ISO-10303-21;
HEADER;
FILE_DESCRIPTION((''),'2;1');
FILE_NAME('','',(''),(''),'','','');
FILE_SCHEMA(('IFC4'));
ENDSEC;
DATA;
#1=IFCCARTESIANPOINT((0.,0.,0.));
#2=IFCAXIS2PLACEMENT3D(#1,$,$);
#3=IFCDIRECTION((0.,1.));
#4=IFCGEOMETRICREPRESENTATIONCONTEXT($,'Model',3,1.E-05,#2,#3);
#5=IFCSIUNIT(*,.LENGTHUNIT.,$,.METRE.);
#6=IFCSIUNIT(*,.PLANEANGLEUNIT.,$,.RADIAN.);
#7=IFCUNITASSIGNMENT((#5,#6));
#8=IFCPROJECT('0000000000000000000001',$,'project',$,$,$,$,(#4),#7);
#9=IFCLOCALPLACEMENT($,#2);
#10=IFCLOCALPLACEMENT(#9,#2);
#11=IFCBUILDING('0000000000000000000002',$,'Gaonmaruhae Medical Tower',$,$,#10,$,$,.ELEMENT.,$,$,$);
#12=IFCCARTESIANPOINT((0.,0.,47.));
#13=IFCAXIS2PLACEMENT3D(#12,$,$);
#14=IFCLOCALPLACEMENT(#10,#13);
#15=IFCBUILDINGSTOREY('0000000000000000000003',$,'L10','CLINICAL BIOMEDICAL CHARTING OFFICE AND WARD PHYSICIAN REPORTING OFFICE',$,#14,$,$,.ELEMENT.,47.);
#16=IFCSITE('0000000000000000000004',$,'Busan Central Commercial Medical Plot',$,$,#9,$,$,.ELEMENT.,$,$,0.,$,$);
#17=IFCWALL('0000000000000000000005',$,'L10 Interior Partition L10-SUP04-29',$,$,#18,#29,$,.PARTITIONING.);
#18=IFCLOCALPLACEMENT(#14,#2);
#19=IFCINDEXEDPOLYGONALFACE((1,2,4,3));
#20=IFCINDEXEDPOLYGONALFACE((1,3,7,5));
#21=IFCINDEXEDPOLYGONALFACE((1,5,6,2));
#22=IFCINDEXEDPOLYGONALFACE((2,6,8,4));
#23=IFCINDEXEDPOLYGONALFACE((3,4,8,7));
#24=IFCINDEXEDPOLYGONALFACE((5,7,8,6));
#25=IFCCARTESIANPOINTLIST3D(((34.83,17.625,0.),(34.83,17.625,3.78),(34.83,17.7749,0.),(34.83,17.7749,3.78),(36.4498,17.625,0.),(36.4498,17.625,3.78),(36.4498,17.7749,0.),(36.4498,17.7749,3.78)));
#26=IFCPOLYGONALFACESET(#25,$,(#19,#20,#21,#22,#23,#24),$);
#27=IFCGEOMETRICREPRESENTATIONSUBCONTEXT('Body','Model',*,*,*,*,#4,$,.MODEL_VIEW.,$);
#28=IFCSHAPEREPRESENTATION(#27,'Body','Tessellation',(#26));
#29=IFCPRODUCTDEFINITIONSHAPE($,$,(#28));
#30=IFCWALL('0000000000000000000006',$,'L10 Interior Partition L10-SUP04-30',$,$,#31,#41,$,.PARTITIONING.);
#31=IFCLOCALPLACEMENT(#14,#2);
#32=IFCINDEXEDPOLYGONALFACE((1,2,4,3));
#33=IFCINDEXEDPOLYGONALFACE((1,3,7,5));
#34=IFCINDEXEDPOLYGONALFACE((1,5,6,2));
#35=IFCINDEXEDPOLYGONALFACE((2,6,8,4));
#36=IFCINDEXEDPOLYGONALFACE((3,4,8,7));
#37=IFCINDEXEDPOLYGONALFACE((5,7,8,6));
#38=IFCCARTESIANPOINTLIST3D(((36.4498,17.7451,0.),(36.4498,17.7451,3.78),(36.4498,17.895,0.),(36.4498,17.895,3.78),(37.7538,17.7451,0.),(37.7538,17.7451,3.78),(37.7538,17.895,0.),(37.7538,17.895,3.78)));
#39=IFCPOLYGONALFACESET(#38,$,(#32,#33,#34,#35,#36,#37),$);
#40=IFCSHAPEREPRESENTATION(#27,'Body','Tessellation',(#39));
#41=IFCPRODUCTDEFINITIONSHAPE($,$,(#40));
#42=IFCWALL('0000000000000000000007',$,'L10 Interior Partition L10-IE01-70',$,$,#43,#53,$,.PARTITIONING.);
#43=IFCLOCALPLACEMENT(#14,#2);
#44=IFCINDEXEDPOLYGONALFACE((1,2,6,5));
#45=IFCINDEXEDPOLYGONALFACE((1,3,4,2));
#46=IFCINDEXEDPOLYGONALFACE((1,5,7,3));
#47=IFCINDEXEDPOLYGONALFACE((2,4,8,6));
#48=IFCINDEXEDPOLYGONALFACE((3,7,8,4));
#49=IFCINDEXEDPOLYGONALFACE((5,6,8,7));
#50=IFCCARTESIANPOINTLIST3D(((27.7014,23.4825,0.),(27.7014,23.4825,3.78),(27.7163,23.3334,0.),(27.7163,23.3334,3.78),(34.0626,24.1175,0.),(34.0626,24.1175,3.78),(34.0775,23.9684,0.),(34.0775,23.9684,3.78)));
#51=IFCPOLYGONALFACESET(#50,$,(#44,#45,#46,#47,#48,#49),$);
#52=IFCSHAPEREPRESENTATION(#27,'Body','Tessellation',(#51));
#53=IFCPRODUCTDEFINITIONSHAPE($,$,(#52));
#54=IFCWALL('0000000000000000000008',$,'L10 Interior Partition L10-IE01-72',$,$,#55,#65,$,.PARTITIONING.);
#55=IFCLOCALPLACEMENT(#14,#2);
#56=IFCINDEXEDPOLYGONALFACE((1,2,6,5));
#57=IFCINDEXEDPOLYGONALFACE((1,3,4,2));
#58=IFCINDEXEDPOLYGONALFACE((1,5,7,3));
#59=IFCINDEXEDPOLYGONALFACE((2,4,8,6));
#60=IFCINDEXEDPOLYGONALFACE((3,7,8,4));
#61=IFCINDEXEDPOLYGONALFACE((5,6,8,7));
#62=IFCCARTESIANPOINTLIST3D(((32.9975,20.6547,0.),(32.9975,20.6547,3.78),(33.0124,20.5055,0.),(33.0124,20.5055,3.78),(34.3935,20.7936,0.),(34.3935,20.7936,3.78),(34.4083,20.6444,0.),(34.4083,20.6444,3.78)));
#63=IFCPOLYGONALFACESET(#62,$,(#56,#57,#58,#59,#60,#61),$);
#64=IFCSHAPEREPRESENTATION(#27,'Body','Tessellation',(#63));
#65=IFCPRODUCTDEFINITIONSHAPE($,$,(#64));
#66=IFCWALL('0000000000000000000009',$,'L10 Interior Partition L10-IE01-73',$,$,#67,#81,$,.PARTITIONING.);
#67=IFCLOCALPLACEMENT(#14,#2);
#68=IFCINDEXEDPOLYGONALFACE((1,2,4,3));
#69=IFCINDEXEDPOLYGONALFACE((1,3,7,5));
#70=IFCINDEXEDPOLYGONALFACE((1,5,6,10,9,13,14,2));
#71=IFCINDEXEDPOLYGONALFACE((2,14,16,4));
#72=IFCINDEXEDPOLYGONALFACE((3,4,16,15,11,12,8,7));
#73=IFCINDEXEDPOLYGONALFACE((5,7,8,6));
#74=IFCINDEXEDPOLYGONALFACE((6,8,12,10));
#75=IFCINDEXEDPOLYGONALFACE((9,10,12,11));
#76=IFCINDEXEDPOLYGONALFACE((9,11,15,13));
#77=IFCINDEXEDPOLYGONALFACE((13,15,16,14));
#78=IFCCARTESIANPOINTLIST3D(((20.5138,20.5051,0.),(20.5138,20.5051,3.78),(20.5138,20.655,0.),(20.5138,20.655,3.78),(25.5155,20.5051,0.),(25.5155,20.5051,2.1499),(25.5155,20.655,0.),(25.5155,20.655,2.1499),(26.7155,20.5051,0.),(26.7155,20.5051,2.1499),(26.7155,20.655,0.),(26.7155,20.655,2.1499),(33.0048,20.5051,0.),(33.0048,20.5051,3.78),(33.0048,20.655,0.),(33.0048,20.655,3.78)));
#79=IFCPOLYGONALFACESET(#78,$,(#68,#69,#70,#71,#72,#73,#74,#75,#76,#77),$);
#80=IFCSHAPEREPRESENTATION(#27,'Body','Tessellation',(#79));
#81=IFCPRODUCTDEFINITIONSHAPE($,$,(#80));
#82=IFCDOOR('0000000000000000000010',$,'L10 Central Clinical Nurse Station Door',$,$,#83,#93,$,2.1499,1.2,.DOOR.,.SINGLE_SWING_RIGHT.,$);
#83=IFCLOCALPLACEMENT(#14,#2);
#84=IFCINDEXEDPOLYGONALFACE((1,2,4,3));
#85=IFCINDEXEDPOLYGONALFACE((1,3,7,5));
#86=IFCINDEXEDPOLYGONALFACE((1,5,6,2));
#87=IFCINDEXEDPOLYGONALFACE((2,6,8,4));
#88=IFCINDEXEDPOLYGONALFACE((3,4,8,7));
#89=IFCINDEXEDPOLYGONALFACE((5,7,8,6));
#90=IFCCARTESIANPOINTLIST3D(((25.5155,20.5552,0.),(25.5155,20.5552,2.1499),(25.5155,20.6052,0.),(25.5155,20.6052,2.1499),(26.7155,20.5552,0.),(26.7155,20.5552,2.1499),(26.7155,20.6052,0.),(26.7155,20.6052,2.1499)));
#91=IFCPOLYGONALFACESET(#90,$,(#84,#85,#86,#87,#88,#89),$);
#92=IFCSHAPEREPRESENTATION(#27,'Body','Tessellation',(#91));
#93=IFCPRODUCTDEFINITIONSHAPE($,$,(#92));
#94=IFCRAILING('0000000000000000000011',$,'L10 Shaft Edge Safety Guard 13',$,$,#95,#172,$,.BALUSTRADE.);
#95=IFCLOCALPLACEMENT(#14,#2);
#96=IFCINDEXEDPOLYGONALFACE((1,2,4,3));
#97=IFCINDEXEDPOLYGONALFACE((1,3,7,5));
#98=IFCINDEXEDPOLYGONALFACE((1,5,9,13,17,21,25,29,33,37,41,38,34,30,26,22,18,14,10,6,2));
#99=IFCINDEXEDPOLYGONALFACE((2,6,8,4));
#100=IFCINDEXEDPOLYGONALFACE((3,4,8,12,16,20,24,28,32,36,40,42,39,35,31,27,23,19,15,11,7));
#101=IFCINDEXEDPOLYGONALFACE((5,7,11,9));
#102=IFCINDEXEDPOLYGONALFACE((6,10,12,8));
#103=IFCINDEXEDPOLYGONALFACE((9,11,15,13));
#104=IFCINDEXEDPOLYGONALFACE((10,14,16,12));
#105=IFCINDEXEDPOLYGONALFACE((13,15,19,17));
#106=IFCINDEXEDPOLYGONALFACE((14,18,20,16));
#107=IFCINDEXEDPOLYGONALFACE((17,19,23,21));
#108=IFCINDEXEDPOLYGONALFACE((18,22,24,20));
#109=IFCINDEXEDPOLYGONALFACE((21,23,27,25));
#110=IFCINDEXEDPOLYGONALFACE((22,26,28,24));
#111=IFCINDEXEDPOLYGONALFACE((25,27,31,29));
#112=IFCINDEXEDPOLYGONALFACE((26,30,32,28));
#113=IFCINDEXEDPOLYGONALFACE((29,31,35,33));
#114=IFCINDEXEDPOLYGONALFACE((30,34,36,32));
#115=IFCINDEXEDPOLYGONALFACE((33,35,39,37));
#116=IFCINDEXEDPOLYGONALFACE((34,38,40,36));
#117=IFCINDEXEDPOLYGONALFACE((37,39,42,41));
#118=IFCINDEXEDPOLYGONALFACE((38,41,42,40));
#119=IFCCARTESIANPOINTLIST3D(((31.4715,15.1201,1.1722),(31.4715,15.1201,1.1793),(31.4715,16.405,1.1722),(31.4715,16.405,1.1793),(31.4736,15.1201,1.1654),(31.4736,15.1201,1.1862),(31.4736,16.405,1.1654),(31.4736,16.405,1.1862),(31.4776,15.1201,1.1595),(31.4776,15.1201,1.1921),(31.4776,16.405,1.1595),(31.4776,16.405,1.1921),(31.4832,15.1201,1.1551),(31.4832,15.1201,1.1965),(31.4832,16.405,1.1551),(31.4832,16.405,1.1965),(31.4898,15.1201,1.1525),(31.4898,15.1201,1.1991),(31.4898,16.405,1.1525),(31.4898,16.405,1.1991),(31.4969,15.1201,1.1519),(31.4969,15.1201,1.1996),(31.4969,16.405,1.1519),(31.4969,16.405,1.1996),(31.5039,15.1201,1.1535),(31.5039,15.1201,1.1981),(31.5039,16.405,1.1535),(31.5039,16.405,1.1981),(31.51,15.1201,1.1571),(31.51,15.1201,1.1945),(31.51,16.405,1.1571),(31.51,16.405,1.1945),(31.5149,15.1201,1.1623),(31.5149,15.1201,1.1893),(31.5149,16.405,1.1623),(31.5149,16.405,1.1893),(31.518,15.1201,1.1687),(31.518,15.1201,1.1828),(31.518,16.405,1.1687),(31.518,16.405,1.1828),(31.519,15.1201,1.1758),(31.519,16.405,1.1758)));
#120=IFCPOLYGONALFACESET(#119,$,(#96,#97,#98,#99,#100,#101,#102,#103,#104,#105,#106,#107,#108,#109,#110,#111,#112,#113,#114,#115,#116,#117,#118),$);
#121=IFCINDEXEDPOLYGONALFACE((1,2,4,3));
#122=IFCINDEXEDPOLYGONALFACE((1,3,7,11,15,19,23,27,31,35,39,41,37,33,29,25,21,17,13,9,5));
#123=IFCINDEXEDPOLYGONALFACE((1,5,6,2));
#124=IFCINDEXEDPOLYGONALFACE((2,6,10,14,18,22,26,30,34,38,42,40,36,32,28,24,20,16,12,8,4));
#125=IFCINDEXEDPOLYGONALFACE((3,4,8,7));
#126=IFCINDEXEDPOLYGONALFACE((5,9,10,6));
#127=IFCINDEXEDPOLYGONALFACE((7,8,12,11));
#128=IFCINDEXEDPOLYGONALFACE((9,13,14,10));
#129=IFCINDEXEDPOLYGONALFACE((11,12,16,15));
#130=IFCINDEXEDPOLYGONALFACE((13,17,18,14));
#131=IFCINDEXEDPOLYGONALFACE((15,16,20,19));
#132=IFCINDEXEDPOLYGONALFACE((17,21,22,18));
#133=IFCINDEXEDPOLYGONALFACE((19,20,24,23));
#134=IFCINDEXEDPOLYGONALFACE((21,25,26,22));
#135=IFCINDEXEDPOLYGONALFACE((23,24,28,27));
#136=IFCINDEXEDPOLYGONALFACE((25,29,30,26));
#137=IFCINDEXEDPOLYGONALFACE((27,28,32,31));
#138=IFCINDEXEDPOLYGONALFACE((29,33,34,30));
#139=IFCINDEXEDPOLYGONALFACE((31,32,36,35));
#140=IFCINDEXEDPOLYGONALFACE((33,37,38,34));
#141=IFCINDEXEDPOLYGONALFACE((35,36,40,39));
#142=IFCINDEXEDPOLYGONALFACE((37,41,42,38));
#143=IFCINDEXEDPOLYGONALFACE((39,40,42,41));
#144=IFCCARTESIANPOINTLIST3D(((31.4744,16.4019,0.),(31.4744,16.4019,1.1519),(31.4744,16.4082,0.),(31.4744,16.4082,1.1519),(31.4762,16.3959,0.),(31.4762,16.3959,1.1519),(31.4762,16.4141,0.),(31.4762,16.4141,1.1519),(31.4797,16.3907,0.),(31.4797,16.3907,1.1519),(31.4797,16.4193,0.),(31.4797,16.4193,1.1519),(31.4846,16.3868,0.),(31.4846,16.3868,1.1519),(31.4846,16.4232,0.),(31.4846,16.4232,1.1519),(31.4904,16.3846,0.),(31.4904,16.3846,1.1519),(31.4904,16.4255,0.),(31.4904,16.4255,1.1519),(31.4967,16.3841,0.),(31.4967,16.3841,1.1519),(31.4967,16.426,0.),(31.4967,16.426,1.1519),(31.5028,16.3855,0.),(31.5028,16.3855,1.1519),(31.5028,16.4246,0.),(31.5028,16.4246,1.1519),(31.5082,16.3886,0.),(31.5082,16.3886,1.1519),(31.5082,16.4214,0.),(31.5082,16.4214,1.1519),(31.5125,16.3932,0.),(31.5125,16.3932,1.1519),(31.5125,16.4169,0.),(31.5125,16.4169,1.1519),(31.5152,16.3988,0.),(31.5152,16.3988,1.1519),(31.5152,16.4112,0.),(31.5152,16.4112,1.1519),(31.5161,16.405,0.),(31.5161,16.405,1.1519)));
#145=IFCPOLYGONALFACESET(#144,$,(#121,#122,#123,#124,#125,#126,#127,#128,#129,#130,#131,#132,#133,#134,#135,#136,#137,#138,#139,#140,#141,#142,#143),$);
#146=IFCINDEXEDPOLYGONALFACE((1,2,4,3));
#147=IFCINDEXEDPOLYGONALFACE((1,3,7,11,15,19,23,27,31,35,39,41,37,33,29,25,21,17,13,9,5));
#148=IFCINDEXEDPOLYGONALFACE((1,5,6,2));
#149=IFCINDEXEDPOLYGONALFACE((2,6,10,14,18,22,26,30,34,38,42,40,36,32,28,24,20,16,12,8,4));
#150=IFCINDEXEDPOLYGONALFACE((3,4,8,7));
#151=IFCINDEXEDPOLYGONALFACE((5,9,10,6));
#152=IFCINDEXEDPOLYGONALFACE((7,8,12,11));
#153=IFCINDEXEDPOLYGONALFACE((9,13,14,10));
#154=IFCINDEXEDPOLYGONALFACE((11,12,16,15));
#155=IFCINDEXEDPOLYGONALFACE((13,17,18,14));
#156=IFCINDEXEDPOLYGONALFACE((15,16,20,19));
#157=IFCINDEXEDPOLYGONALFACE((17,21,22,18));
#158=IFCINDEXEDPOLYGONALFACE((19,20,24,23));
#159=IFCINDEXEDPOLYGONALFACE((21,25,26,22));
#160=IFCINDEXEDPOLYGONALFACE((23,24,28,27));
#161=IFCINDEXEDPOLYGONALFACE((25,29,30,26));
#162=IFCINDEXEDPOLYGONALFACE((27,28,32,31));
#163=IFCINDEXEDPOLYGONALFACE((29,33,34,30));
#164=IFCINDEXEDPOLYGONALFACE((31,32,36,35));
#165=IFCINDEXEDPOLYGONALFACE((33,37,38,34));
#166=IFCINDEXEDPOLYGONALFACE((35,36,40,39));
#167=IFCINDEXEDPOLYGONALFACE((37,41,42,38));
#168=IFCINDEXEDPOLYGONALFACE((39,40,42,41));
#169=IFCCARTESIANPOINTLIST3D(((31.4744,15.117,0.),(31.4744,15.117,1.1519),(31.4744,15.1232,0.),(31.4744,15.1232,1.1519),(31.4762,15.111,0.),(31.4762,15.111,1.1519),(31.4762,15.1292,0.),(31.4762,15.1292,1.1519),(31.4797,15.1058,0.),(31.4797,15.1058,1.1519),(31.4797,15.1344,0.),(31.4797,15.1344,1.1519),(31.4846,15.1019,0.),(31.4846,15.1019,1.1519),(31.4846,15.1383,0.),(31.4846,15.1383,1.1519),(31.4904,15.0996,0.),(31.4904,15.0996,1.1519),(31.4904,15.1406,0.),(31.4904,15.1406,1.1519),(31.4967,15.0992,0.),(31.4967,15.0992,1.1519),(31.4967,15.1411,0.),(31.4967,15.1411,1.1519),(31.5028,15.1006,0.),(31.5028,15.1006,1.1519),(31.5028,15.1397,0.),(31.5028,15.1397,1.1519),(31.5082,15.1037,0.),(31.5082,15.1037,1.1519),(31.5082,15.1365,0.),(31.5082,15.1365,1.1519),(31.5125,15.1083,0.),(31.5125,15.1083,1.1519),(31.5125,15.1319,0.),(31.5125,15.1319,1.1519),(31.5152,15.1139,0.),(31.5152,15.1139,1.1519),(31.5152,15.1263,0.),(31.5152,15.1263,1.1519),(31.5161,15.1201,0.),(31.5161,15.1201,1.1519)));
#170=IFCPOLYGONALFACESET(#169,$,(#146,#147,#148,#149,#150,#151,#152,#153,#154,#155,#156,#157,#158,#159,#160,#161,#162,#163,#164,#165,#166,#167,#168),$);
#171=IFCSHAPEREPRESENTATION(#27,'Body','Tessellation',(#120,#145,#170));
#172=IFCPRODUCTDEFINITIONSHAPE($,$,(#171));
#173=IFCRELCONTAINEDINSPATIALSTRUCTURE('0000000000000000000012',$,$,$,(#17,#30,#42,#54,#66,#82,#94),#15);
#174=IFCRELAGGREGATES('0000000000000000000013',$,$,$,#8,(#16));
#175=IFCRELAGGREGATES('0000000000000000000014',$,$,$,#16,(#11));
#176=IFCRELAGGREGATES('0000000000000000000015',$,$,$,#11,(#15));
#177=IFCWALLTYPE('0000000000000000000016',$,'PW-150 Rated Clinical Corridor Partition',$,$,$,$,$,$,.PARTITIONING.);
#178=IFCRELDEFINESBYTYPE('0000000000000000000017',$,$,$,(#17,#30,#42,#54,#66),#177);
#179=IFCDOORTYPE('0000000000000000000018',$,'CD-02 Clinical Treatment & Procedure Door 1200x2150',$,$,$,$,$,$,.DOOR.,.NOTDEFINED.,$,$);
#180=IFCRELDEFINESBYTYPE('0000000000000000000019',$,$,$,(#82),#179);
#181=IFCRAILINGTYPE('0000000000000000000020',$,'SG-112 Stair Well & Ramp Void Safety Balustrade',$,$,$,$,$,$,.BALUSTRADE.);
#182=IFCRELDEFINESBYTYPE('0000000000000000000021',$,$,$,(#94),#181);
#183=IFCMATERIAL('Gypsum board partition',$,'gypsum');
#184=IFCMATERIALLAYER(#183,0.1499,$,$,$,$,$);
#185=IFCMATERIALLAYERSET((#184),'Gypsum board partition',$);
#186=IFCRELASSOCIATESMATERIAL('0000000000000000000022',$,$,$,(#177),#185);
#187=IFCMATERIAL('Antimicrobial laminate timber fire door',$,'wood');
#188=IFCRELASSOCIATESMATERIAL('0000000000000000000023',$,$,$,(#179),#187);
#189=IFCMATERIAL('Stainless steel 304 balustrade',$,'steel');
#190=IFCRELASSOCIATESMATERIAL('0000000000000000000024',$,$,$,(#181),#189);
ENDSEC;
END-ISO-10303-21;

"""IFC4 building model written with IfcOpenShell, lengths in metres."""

from ifc_helpers import new_model, si_unit, direction, frame, frame_2d, origin, origin_2d, place, context, subcontext, project, spatial, rectangle, circle, extrude, material, layer, layer_set, type_object, element, fill, save


model = new_model("IFC4")

# Units and contexts
model_context = context("Model", 3, precision=1e-05, world=origin(), true_north=direction((0.0, 1.0)))
body_context = subcontext(model_context, "Body", "Model", "MODEL_VIEW")
ifc_project = project(units=[si_unit("LENGTHUNIT", "METRE"), si_unit("PLANEANGLEUNIT", "RADIAN")], contexts=[model_context])

# Site, building, storey
site_placement = place(None, origin())
site = spatial("IfcSite", under=ifc_project, at=site_placement, Name="Busan Central Commercial Medical Plot", CompositionType="ELEMENT", RefElevation=0.0)
building_placement = place(site_placement, origin())
building = spatial("IfcBuilding", under=site, at=building_placement, Name="Gaonmaruhae Medical Tower", CompositionType="ELEMENT")
storey_placement = place(building_placement, frame((0.0, 0.0, 47.0)))
storey = spatial("IfcBuildingStorey", under=building, at=storey_placement, Name="L10", Description="CLINICAL BIOMEDICAL CHARTING OFFICE AND WARD PHYSICIAN REPORTING OFFICE", CompositionType="ELEMENT", Elevation=47.0)

# Walls
ifc_material_1 = material(Name="Gypsum board partition", Category="gypsum")
ifc_layer_1 = layer(ifc_material_1, 0.1499)
ifc_layer_set_1 = layer_set([ifc_layer_1], Name="Gypsum board partition")
wall_type_1 = type_object("IfcWallType", Name="PW-150 Rated Clinical Corridor Partition", PredefinedType="PARTITIONING", material=ifc_layer_set_1)
wall_1_placement = place(storey_placement, frame((36.45, 17.7, 0.0), z_axis=(0.0, 0.0, 1.0), x_axis=(-1.0, 0.0, 0.0)))
element("IfcWall", 1, at=wall_1_placement, inside=storey, type_object=wall_type_1, Name="L10 Interior Partition L10-SUP04-29", PredefinedType="PARTITIONING", context=body_context, shape_type="SweptSolid", body=[
    extrude(rectangle(XDim=1.6199, YDim=0.1499, at=frame_2d((0.8101, 0.0))), origin(), (0.0, 0.0, 1.0), 3.78),
])
wall_2_placement = place(storey_placement, frame((36.45, 17.8201, 0.0), z_axis=(0.0, 0.0, 1.0), x_axis=(1.0, 0.0, 0.0)))
element("IfcWall", 2, at=wall_2_placement, inside=storey, type_object=wall_type_1, Name="L10 Interior Partition L10-SUP04-30", PredefinedType="PARTITIONING", context=body_context, shape_type="SweptSolid", body=[
    extrude(rectangle(XDim=1.304, YDim=0.1499, at=frame_2d((0.6519, 0.0))), origin(), (0.0, 0.0, 1.0), 3.78),
])
wall_3_placement = place(storey_placement, frame((27.709, 23.408, 0.0), z_axis=(0.0, 0.0, 1.0), x_axis=(0.995054, 0.099334, 0.0)))
element("IfcWall", 3, at=wall_3_placement, inside=storey, type_object=wall_type_1, Name="L10 Interior Partition L10-IE01-70", PredefinedType="PARTITIONING", context=body_context, shape_type="SweptSolid", body=[
    extrude(rectangle(XDim=6.3928, YDim=0.1499, at=frame_2d((3.1963, 0.0))), origin(), (0.0, 0.0, 1.0), 3.78),
])
wall_4_placement = place(storey_placement, frame((34.4009, 20.719, 0.0), z_axis=(0.0, 0.0, 1.0), x_axis=(-0.995085, -0.099021, 0.0)))
element("IfcWall", 4, at=wall_4_placement, inside=storey, type_object=wall_type_1, Name="L10 Interior Partition L10-IE01-72", PredefinedType="PARTITIONING", context=body_context, shape_type="SweptSolid", body=[
    extrude(rectangle(XDim=1.4028, YDim=0.1499, at=frame_2d((0.7014, 0.0))), origin(), (0.0, 0.0, 1.0), 3.78),
])

# Wall, opening, door
wall_5_placement = place(storey_placement, frame((33.0049, 20.5801, 0.0), z_axis=(0.0, 0.0, 1.0), x_axis=(-1.0, 0.0, 0.0)))
wall_5 = element("IfcWall", 5, at=wall_5_placement, inside=storey, type_object=wall_type_1, Name="L10 Interior Partition L10-IE01-73", PredefinedType="PARTITIONING", context=body_context, shape_type="SweptSolid", body=[
    extrude(rectangle(XDim=12.491, YDim=0.1499, at=frame_2d((6.2456, 0.0))), origin(), (0.0, 0.0, 1.0), 3.78),
])
opening_1_placement = place(wall_5_placement, frame((6.2893, 0.0, 0.0)))
opening_1 = element("IfcOpeningElement", 6, at=opening_1_placement, cuts=wall_5, PredefinedType="OPENING", context=body_context, shape_type="SweptSolid", body=[
    extrude(rectangle(XDim=1.2, YDim=2.1499, at=frame_2d((0.6001, 1.075))), frame((0.0, 0.085, 0.0), z_axis=(0.0, -1.0, 0.0), x_axis=(1.0, 0.0, 0.0)), (0.0, 0.0, 1.0), 0.1699),
])
ifc_material_2 = material(Name="Antimicrobial laminate timber fire door", Category="wood")
door_type = type_object("IfcDoorType", Name="CD-02 Clinical Treatment & Procedure Door 1200x2150", OperationType="NOTDEFINED", PredefinedType="DOOR", material=ifc_material_2)
door_placement = place(opening_1_placement, origin())
door = element("IfcDoor", 7, at=door_placement, inside=storey, type_object=door_type, Name="L10 Central Clinical Nurse Station Door", OperationType="SINGLE_SWING_RIGHT", OverallHeight=2.1499, OverallWidth=1.2, PredefinedType="DOOR", context=body_context, shape_type="SweptSolid", body=[
    extrude(rectangle(XDim=1.2, YDim=2.1499, at=frame_2d((0.6001, 1.075))), frame((0.0, 0.0249, 0.0), z_axis=(0.0, -1.0, 0.0), x_axis=(1.0, 0.0, 0.0)), (0.0, 0.0, 1.0), 0.05),
])
fill(opening_1, door)

# Railing
ifc_material_3 = material(Name="Stainless steel 304 balustrade", Category="steel")
railing_type = type_object("IfcRailingType", Name="SG-112 Stair Well & Ramp Void Safety Balustrade", PredefinedType="BALUSTRADE", material=ifc_material_3)
railing_1_placement = place(storey_placement, frame((31.4951, 16.405, 0.0)))
element("IfcRailing", 8, at=railing_1_placement, inside=storey, type_object=railing_type, Name="L10 Shaft Edge Safety Guard 13", PredefinedType="BALUSTRADE", context=body_context, shape_type="SweptSolid", body=[
    extrude(circle(Radius=0.0239, at=origin_2d()), frame((0.0, 0.0, 1.1758), z_axis=(0.0, -1.0, 0.0), x_axis=(1.0, 0.0, 0.0)), (0.0, 0.0, 1.0), 1.2849),
    extrude(circle(Radius=0.021, at=origin_2d()), origin(), (0.0, 0.0, 1.0), 1.1519),
    extrude(circle(Radius=0.021, at=origin_2d()), frame((0.0, -1.2849, 0.0)), (0.0, 0.0, 1.0), 1.1519),
])

save(model, "model.ifc")
